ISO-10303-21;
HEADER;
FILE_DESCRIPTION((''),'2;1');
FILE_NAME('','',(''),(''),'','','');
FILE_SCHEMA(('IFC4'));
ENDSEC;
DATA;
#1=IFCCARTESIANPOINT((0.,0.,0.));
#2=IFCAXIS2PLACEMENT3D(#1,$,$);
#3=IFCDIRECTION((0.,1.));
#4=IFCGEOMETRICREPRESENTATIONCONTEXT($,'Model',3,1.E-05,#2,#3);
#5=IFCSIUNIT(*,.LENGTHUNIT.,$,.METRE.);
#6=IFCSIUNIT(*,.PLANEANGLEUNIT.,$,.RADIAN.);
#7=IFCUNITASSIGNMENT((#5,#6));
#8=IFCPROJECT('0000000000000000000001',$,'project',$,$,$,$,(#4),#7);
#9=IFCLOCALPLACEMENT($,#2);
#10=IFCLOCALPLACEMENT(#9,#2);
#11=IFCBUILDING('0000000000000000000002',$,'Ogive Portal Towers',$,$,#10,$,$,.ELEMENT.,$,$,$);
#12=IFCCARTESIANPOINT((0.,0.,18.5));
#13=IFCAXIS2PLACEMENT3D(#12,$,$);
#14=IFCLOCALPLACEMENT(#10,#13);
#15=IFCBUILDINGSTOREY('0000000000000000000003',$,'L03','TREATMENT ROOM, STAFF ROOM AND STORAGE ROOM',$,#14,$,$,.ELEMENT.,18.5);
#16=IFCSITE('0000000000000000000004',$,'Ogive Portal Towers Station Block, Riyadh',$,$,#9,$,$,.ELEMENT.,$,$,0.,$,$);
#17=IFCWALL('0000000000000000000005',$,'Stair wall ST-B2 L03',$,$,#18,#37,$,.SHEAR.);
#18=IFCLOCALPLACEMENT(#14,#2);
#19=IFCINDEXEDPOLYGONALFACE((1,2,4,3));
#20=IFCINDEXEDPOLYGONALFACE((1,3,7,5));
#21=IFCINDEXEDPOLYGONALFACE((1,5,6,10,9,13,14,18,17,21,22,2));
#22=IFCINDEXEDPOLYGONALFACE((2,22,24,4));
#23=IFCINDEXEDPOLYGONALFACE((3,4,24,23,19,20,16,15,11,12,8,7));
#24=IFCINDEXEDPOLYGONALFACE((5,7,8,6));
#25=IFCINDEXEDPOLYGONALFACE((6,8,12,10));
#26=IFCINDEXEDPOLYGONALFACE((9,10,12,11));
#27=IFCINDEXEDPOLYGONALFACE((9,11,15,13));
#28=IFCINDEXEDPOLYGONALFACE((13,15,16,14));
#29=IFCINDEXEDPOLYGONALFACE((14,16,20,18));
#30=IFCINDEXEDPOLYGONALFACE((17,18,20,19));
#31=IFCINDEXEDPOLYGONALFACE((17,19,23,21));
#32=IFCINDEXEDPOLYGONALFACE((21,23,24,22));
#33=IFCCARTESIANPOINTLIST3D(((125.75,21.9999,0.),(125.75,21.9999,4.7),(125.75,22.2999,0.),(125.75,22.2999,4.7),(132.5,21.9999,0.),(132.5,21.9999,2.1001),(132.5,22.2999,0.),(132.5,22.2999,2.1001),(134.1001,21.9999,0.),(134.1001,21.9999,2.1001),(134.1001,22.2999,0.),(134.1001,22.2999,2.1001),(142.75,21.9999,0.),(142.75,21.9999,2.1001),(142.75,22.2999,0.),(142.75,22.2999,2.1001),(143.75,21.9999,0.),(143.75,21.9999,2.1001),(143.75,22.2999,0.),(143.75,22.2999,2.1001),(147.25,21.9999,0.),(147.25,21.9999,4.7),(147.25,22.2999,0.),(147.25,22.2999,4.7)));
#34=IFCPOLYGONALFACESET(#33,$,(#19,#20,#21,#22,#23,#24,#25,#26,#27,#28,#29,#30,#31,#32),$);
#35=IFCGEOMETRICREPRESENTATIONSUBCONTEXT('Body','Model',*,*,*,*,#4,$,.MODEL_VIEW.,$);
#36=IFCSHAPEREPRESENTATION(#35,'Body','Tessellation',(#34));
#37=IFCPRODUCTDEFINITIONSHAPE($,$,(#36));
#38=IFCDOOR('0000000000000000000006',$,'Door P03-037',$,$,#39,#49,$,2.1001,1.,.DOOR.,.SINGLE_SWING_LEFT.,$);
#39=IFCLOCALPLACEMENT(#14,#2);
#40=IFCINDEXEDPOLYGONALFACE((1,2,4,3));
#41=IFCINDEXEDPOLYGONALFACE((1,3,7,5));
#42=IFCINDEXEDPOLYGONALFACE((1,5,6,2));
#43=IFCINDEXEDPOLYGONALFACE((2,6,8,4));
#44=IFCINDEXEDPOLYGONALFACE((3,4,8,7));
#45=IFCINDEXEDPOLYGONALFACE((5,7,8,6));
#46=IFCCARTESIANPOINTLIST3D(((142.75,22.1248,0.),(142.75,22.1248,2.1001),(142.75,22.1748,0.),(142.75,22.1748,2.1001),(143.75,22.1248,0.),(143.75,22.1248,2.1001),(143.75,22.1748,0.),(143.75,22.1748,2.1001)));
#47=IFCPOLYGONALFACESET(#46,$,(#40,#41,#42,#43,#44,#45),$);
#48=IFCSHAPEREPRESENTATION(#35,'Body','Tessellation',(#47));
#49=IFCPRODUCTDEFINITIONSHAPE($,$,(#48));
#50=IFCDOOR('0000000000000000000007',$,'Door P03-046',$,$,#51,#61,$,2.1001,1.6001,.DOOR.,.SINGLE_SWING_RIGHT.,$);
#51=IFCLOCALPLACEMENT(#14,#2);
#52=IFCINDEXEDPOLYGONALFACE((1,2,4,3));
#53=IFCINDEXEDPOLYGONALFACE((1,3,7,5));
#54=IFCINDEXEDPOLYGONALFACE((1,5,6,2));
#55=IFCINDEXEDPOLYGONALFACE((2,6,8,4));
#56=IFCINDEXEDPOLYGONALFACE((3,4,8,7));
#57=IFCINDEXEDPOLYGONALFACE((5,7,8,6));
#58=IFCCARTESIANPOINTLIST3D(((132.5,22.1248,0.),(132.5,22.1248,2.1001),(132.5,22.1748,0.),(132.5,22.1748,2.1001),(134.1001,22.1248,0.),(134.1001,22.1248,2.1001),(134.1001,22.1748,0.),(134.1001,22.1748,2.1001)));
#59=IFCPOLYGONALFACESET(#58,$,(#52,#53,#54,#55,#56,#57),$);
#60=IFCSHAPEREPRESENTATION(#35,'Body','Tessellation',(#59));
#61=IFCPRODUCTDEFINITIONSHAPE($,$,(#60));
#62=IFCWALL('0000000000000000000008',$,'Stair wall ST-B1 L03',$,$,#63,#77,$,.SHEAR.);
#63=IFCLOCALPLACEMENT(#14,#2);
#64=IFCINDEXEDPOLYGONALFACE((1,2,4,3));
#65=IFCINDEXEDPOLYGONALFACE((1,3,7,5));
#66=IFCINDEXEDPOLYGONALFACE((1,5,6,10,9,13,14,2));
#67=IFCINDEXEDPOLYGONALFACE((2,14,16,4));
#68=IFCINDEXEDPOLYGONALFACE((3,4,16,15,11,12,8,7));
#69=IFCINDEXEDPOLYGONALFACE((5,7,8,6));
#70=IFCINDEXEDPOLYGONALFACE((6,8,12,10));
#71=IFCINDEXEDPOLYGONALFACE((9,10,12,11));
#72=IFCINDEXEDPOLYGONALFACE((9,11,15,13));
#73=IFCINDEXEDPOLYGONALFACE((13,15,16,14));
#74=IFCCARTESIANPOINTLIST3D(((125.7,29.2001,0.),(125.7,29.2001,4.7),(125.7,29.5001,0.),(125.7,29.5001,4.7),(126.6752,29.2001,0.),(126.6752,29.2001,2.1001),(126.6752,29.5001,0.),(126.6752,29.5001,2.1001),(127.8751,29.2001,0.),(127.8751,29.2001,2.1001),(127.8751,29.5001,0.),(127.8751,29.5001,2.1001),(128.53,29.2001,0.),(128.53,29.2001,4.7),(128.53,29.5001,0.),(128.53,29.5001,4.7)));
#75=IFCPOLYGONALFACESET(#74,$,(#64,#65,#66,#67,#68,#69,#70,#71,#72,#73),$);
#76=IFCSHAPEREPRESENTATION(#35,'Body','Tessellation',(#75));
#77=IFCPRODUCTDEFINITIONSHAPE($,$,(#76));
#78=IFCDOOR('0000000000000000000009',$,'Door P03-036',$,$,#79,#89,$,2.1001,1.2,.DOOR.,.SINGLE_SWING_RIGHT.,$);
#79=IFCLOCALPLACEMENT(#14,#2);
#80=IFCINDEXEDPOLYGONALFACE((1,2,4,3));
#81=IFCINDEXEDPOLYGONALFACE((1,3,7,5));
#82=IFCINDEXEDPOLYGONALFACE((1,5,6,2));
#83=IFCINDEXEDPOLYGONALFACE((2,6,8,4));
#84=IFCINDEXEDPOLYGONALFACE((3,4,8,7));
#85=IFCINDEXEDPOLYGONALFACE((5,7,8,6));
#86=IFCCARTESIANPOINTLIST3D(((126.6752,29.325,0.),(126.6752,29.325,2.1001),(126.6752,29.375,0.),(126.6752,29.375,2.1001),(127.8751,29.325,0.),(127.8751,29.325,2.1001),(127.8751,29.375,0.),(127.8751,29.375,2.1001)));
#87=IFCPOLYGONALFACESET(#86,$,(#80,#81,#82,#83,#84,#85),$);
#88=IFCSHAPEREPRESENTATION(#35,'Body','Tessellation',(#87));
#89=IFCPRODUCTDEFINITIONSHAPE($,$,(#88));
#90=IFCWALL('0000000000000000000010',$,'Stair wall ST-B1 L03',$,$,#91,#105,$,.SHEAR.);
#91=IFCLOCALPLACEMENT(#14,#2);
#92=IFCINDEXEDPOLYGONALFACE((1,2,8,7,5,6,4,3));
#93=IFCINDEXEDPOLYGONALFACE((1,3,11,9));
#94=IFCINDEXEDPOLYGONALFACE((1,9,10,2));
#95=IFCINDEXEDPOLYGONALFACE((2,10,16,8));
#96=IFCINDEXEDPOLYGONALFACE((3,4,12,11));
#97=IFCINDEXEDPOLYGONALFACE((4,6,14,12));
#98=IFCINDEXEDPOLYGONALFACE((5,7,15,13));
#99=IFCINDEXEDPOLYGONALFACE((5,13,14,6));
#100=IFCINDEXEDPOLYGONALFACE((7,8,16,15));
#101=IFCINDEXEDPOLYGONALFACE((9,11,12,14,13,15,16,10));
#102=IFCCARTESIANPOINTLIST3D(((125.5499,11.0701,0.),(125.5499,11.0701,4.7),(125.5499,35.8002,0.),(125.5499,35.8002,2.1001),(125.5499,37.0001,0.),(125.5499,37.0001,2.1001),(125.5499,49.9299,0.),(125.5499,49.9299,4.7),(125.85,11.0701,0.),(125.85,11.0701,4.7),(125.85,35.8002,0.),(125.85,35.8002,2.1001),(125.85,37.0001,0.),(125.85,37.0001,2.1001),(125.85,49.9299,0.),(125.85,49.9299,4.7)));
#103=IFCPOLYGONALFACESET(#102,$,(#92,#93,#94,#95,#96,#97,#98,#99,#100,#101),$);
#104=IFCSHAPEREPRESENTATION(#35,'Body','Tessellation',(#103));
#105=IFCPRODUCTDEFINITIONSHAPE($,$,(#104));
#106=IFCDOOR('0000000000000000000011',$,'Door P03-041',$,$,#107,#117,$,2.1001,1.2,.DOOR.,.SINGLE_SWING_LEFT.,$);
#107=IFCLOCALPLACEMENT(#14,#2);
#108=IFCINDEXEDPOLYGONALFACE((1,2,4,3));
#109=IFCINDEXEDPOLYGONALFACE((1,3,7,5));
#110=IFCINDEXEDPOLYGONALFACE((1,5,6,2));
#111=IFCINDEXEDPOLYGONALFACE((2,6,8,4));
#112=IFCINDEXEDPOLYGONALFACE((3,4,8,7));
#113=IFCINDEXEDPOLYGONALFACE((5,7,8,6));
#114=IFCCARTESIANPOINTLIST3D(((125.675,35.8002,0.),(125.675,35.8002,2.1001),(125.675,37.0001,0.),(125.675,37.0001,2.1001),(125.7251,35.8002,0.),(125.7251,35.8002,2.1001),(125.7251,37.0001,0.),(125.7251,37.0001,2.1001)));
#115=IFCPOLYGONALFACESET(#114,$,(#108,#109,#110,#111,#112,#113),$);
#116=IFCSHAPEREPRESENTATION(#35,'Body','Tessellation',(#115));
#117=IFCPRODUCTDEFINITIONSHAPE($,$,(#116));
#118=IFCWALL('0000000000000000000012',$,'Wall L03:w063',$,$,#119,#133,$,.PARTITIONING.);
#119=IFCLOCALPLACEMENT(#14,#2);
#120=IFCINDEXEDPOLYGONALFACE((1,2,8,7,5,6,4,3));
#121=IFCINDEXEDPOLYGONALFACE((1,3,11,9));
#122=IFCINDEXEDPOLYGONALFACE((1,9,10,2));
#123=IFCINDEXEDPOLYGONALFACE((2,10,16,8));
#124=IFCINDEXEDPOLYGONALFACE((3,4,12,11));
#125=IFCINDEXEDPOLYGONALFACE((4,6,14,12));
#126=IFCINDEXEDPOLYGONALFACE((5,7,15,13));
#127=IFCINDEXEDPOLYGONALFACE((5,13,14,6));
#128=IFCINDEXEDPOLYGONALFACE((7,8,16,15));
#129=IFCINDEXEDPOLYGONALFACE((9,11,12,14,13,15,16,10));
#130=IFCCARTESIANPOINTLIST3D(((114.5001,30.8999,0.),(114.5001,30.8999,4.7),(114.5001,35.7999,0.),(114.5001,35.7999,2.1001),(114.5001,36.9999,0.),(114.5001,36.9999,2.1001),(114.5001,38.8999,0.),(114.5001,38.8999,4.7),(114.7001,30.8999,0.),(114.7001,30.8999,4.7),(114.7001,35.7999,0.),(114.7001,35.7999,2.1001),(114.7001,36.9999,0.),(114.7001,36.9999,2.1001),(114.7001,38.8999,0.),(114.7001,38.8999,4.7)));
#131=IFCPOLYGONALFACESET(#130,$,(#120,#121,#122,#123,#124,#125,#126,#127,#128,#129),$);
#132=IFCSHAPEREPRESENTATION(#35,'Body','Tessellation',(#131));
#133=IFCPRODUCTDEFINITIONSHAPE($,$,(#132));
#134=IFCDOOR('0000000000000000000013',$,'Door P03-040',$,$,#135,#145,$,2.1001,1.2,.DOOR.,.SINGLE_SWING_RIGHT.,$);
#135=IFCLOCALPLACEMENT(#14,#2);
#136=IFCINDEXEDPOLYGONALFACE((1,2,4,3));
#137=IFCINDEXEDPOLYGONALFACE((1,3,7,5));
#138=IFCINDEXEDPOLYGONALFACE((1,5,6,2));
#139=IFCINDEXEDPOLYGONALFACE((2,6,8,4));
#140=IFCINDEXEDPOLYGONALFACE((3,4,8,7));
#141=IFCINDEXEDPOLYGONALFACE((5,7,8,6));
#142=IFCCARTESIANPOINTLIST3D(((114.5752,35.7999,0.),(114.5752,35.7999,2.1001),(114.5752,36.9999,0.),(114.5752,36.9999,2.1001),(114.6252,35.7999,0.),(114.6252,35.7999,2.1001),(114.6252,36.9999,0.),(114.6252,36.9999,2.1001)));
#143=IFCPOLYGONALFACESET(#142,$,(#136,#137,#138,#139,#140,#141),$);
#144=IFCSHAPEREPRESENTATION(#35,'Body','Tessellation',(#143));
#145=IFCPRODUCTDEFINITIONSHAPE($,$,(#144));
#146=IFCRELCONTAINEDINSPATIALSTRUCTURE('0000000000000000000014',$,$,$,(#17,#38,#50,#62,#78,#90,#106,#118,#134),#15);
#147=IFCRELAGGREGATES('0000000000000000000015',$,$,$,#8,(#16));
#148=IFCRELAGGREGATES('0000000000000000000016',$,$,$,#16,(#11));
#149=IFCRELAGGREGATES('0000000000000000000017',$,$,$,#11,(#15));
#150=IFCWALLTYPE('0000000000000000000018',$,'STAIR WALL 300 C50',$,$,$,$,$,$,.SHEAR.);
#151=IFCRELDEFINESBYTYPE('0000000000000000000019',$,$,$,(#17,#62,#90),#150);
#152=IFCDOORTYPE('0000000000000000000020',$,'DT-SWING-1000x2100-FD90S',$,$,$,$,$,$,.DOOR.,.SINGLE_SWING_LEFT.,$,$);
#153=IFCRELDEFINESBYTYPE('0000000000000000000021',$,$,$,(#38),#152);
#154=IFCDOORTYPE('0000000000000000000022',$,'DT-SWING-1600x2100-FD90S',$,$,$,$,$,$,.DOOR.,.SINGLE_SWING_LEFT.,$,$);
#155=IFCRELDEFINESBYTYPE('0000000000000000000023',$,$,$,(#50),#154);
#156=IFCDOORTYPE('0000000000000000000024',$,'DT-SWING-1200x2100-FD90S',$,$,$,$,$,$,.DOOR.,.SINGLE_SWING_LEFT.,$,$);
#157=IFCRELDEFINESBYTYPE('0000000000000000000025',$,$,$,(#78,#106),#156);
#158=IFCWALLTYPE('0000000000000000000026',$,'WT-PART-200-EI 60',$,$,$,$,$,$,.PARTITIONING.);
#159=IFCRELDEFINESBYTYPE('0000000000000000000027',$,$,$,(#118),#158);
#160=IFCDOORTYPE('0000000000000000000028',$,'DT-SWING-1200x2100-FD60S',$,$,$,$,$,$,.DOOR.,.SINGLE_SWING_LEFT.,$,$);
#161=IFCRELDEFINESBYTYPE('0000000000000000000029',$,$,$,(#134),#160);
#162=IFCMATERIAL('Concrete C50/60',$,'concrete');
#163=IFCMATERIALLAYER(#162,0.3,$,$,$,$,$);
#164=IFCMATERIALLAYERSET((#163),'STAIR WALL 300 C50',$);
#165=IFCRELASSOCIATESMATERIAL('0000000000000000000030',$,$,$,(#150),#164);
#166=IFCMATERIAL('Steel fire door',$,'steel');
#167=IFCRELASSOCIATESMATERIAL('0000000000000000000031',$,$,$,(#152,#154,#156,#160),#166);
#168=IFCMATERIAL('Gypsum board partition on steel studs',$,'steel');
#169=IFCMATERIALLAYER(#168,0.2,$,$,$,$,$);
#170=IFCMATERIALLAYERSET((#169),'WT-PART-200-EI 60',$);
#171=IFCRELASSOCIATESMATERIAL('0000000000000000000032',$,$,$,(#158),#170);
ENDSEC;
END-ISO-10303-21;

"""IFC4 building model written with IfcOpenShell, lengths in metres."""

from ifc_helpers import new_model, si_unit, direction, frame, frame_2d, origin, place, context, subcontext, project, spatial, rectangle, extrude, material, layer, layer_set, type_object, element, fill, save


model = new_model("IFC4")

# Units and contexts
model_context = context("Model", 3, precision=1e-05, world=origin(), true_north=direction((0.0, 1.0)))
body_context = subcontext(model_context, "Body", "Model", "MODEL_VIEW")
ifc_project = project(units=[si_unit("LENGTHUNIT", "METRE"), si_unit("PLANEANGLEUNIT", "RADIAN")], contexts=[model_context])

# Site, building, storey
site_placement = place(None, origin())
site = spatial("IfcSite", under=ifc_project, at=site_placement, Name="Ogive Portal Towers Station Block, Riyadh", CompositionType="ELEMENT", RefElevation=0.0)
building_placement = place(site_placement, origin())
building = spatial("IfcBuilding", under=site, at=building_placement, Name="Ogive Portal Towers", CompositionType="ELEMENT")
storey_placement = place(building_placement, frame((0.0, 0.0, 18.5)))
storey = spatial("IfcBuildingStorey", under=building, at=storey_placement, Name="L03", Description="TREATMENT ROOM, STAFF ROOM AND STORAGE ROOM", CompositionType="ELEMENT", Elevation=18.5)

# Shared definitions
ifc_material_1 = material(Name="Concrete C50/60", Category="concrete")

# Wall, openings, doors
ifc_layer_1 = layer(ifc_material_1, 0.3)
ifc_layer_set_1 = layer_set([ifc_layer_1], Name="STAIR WALL 300 C50")
wall_type_1 = type_object("IfcWallType", Name="STAIR WALL 300 C50", PredefinedType="SHEAR", material=ifc_layer_set_1)
wall_1_placement = place(storey_placement, frame((125.75, 22.1499, 0.0), z_axis=(0.0, 0.0, 1.0), x_axis=(1.0, 0.0, 0.0)))
wall_1 = element("IfcWall", 1, at=wall_1_placement, inside=storey, type_object=wall_type_1, Name="Stair wall ST-B2 L03", PredefinedType="SHEAR", context=body_context, shape_type="SweptSolid", body=[
    extrude(rectangle(XDim=21.5, YDim=0.3, at=frame_2d((10.75, 0.0))), origin(), (0.0, 0.0, 1.0), 4.7),
])
opening_1_placement = place(wall_1_placement, frame((17.0, 0.0, 0.0)))
opening_1 = element("IfcOpeningElement", 2, at=opening_1_placement, cuts=wall_1, PredefinedType="OPENING", context=body_context, shape_type="SweptSolid", body=[
    extrude(rectangle(XDim=1.0, YDim=2.1001, at=frame_2d((0.5, 1.05))), frame((0.0, 0.1602, 0.0), z_axis=(0.0, -1.0, 0.0), x_axis=(1.0, 0.0, 0.0)), (0.0, 0.0, 1.0), 0.3201),
])
opening_2_placement = place(wall_1_placement, frame((6.75, 0.0, 0.0)))
opening_2 = element("IfcOpeningElement", 3, at=opening_2_placement, cuts=wall_1, PredefinedType="OPENING", context=body_context, shape_type="SweptSolid", body=[
    extrude(rectangle(XDim=1.6001, YDim=2.1001, at=frame_2d((0.8, 1.05))), frame((0.0, 0.1602, 0.0), z_axis=(0.0, -1.0, 0.0), x_axis=(1.0, 0.0, 0.0)), (0.0, 0.0, 1.0), 0.3201),
])
ifc_material_2 = material(Name="Steel fire door", Category="steel")
door_type_1 = type_object("IfcDoorType", Name="DT-SWING-1000x2100-FD90S", OperationType="SINGLE_SWING_LEFT", PredefinedType="DOOR", material=ifc_material_2)
door_1_placement = place(opening_1_placement, origin())
door_1 = element("IfcDoor", 4, at=door_1_placement, inside=storey, type_object=door_type_1, Name="Door P03-037", OperationType="SINGLE_SWING_LEFT", OverallHeight=2.1001, OverallWidth=1.0, PredefinedType="DOOR", context=body_context, shape_type="SweptSolid", body=[
    extrude(rectangle(XDim=1.0, YDim=2.1001, at=frame_2d((0.5, 1.05))), frame((0.0, 0.0249, 0.0), z_axis=(0.0, -1.0, 0.0), x_axis=(1.0, 0.0, 0.0)), (0.0, 0.0, 1.0), 0.05),
])
fill(opening_1, door_1)
door_type_2 = type_object("IfcDoorType", Name="DT-SWING-1600x2100-FD90S", OperationType="SINGLE_SWING_LEFT", PredefinedType="DOOR", material=ifc_material_2)
door_2_placement = place(opening_2_placement, origin())
door_2 = element("IfcDoor", 5, at=door_2_placement, inside=storey, type_object=door_type_2, Name="Door P03-046", OperationType="SINGLE_SWING_RIGHT", OverallHeight=2.1001, OverallWidth=1.6001, PredefinedType="DOOR", context=body_context, shape_type="SweptSolid", body=[
    extrude(rectangle(XDim=1.6001, YDim=2.1001, at=frame_2d((0.8, 1.05))), frame((0.0, 0.0249, 0.0), z_axis=(0.0, -1.0, 0.0), x_axis=(1.0, 0.0, 0.0)), (0.0, 0.0, 1.0), 0.05),
])
fill(opening_2, door_2)

# Walls, openings, doors
wall_2_placement = place(storey_placement, frame((125.7, 29.3501, 0.0), z_axis=(0.0, 0.0, 1.0), x_axis=(1.0, 0.0, 0.0)))
wall_2 = element("IfcWall", 6, at=wall_2_placement, inside=storey, type_object=wall_type_1, Name="Stair wall ST-B1 L03", PredefinedType="SHEAR", context=body_context, shape_type="SweptSolid", body=[
    extrude(rectangle(XDim=2.8301, YDim=0.3, at=frame_2d((1.415, 0.0))), origin(), (0.0, 0.0, 1.0), 4.7),
])
opening_3_placement = place(wall_2_placement, frame((0.9751, 0.0, 0.0)))
opening_3 = element("IfcOpeningElement", 7, at=opening_3_placement, cuts=wall_2, PredefinedType="OPENING", context=body_context, shape_type="SweptSolid", body=[
    extrude(rectangle(XDim=1.2, YDim=2.1001, at=frame_2d((0.6001, 1.05))), frame((0.0, 0.1602, 0.0), z_axis=(0.0, -1.0, 0.0), x_axis=(1.0, 0.0, 0.0)), (0.0, 0.0, 1.0), 0.3201),
])
door_type_3 = type_object("IfcDoorType", Name="DT-SWING-1200x2100-FD90S", OperationType="SINGLE_SWING_LEFT", PredefinedType="DOOR", material=ifc_material_2)
door_3_placement = place(opening_3_placement, origin())
door_3 = element("IfcDoor", 8, at=door_3_placement, inside=storey, type_object=door_type_3, Name="Door P03-036", OperationType="SINGLE_SWING_RIGHT", OverallHeight=2.1001, OverallWidth=1.2, PredefinedType="DOOR", context=body_context, shape_type="SweptSolid", body=[
    extrude(rectangle(XDim=1.2, YDim=2.1001, at=frame_2d((0.6001, 1.05))), frame((0.0, 0.0249, 0.0), z_axis=(0.0, -1.0, 0.0), x_axis=(1.0, 0.0, 0.0)), (0.0, 0.0, 1.0), 0.05),
])
fill(opening_3, door_3)
wall_3_placement = place(storey_placement, frame((125.7, 11.0701, 0.0), z_axis=(0.0, 0.0, 1.0), x_axis=(0.0, 1.0, 0.0)))
wall_3 = element("IfcWall", 9, at=wall_3_placement, inside=storey, type_object=wall_type_1, Name="Stair wall ST-B1 L03", PredefinedType="SHEAR", context=body_context, shape_type="SweptSolid", body=[
    extrude(rectangle(XDim=38.8599, YDim=0.3, at=frame_2d((19.4299, 0.0))), origin(), (0.0, 0.0, 1.0), 4.7),
])
opening_4_placement = place(wall_3_placement, frame((24.73, 0.0, 0.0)))
opening_4 = element("IfcOpeningElement", 10, at=opening_4_placement, cuts=wall_3, PredefinedType="OPENING", context=body_context, shape_type="SweptSolid", body=[
    extrude(rectangle(XDim=1.2, YDim=2.1001, at=frame_2d((0.6001, 1.05))), frame((0.0, 0.1602, 0.0), z_axis=(0.0, -1.0, 0.0), x_axis=(1.0, 0.0, 0.0)), (0.0, 0.0, 1.0), 0.3201),
])
door_4_placement = place(opening_4_placement, origin())
door_4 = element("IfcDoor", 11, at=door_4_placement, inside=storey, type_object=door_type_3, Name="Door P03-041", OperationType="SINGLE_SWING_LEFT", OverallHeight=2.1001, OverallWidth=1.2, PredefinedType="DOOR", context=body_context, shape_type="SweptSolid", body=[
    extrude(rectangle(XDim=1.2, YDim=2.1001, at=frame_2d((0.6001, 1.05))), frame((0.0, 0.0249, 0.0), z_axis=(0.0, -1.0, 0.0), x_axis=(1.0, 0.0, 0.0)), (0.0, 0.0, 1.0), 0.05),
])
fill(opening_4, door_4)
ifc_material_3 = material(Name="Gypsum board partition on steel studs", Category="steel")
ifc_layer_2 = layer(ifc_material_3, 0.2)
ifc_layer_set_2 = layer_set([ifc_layer_2], Name="WT-PART-200-EI 60")
wall_type_2 = type_object("IfcWallType", Name="WT-PART-200-EI 60", PredefinedType="PARTITIONING", material=ifc_layer_set_2)
wall_4_placement = place(storey_placement, frame((114.6001, 30.8999, 0.0), z_axis=(0.0, 0.0, 1.0), x_axis=(0.0, 1.0, 0.0)))
wall_4 = element("IfcWall", 12, at=wall_4_placement, inside=storey, type_object=wall_type_2, Name="Wall L03:w063", PredefinedType="PARTITIONING", context=body_context, shape_type="SweptSolid", body=[
    extrude(rectangle(XDim=8.0, YDim=0.2, at=frame_2d((4.0, 0.0))), origin(), (0.0, 0.0, 1.0), 4.7),
])
opening_5_placement = place(wall_4_placement, frame((4.8999, 0.0, 0.0)))
opening_5 = element("IfcOpeningElement", 13, at=opening_5_placement, cuts=wall_4, PredefinedType="OPENING", context=body_context, shape_type="SweptSolid", body=[
    extrude(rectangle(XDim=1.2, YDim=2.1001, at=frame_2d((0.6001, 1.05))), frame((0.0, 0.1099, 0.0), z_axis=(0.0, -1.0, 0.0), x_axis=(1.0, 0.0, 0.0)), (0.0, 0.0, 1.0), 0.22),
])
door_type_4 = type_object("IfcDoorType", Name="DT-SWING-1200x2100-FD60S", OperationType="SINGLE_SWING_LEFT", PredefinedType="DOOR", material=ifc_material_2)
door_5_placement = place(opening_5_placement, origin())
door_5 = element("IfcDoor", 14, at=door_5_placement, inside=storey, type_object=door_type_4, Name="Door P03-040", OperationType="SINGLE_SWING_RIGHT", OverallHeight=2.1001, OverallWidth=1.2, PredefinedType="DOOR", context=body_context, shape_type="SweptSolid", body=[
    extrude(rectangle(XDim=1.2, YDim=2.1001, at=frame_2d((0.6001, 1.05))), frame((0.0, 0.0249, 0.0), z_axis=(0.0, -1.0, 0.0), x_axis=(1.0, 0.0, 0.0)), (0.0, 0.0, 1.0), 0.05),
])
fill(opening_5, door_5)

save(model, "model.ifc")
